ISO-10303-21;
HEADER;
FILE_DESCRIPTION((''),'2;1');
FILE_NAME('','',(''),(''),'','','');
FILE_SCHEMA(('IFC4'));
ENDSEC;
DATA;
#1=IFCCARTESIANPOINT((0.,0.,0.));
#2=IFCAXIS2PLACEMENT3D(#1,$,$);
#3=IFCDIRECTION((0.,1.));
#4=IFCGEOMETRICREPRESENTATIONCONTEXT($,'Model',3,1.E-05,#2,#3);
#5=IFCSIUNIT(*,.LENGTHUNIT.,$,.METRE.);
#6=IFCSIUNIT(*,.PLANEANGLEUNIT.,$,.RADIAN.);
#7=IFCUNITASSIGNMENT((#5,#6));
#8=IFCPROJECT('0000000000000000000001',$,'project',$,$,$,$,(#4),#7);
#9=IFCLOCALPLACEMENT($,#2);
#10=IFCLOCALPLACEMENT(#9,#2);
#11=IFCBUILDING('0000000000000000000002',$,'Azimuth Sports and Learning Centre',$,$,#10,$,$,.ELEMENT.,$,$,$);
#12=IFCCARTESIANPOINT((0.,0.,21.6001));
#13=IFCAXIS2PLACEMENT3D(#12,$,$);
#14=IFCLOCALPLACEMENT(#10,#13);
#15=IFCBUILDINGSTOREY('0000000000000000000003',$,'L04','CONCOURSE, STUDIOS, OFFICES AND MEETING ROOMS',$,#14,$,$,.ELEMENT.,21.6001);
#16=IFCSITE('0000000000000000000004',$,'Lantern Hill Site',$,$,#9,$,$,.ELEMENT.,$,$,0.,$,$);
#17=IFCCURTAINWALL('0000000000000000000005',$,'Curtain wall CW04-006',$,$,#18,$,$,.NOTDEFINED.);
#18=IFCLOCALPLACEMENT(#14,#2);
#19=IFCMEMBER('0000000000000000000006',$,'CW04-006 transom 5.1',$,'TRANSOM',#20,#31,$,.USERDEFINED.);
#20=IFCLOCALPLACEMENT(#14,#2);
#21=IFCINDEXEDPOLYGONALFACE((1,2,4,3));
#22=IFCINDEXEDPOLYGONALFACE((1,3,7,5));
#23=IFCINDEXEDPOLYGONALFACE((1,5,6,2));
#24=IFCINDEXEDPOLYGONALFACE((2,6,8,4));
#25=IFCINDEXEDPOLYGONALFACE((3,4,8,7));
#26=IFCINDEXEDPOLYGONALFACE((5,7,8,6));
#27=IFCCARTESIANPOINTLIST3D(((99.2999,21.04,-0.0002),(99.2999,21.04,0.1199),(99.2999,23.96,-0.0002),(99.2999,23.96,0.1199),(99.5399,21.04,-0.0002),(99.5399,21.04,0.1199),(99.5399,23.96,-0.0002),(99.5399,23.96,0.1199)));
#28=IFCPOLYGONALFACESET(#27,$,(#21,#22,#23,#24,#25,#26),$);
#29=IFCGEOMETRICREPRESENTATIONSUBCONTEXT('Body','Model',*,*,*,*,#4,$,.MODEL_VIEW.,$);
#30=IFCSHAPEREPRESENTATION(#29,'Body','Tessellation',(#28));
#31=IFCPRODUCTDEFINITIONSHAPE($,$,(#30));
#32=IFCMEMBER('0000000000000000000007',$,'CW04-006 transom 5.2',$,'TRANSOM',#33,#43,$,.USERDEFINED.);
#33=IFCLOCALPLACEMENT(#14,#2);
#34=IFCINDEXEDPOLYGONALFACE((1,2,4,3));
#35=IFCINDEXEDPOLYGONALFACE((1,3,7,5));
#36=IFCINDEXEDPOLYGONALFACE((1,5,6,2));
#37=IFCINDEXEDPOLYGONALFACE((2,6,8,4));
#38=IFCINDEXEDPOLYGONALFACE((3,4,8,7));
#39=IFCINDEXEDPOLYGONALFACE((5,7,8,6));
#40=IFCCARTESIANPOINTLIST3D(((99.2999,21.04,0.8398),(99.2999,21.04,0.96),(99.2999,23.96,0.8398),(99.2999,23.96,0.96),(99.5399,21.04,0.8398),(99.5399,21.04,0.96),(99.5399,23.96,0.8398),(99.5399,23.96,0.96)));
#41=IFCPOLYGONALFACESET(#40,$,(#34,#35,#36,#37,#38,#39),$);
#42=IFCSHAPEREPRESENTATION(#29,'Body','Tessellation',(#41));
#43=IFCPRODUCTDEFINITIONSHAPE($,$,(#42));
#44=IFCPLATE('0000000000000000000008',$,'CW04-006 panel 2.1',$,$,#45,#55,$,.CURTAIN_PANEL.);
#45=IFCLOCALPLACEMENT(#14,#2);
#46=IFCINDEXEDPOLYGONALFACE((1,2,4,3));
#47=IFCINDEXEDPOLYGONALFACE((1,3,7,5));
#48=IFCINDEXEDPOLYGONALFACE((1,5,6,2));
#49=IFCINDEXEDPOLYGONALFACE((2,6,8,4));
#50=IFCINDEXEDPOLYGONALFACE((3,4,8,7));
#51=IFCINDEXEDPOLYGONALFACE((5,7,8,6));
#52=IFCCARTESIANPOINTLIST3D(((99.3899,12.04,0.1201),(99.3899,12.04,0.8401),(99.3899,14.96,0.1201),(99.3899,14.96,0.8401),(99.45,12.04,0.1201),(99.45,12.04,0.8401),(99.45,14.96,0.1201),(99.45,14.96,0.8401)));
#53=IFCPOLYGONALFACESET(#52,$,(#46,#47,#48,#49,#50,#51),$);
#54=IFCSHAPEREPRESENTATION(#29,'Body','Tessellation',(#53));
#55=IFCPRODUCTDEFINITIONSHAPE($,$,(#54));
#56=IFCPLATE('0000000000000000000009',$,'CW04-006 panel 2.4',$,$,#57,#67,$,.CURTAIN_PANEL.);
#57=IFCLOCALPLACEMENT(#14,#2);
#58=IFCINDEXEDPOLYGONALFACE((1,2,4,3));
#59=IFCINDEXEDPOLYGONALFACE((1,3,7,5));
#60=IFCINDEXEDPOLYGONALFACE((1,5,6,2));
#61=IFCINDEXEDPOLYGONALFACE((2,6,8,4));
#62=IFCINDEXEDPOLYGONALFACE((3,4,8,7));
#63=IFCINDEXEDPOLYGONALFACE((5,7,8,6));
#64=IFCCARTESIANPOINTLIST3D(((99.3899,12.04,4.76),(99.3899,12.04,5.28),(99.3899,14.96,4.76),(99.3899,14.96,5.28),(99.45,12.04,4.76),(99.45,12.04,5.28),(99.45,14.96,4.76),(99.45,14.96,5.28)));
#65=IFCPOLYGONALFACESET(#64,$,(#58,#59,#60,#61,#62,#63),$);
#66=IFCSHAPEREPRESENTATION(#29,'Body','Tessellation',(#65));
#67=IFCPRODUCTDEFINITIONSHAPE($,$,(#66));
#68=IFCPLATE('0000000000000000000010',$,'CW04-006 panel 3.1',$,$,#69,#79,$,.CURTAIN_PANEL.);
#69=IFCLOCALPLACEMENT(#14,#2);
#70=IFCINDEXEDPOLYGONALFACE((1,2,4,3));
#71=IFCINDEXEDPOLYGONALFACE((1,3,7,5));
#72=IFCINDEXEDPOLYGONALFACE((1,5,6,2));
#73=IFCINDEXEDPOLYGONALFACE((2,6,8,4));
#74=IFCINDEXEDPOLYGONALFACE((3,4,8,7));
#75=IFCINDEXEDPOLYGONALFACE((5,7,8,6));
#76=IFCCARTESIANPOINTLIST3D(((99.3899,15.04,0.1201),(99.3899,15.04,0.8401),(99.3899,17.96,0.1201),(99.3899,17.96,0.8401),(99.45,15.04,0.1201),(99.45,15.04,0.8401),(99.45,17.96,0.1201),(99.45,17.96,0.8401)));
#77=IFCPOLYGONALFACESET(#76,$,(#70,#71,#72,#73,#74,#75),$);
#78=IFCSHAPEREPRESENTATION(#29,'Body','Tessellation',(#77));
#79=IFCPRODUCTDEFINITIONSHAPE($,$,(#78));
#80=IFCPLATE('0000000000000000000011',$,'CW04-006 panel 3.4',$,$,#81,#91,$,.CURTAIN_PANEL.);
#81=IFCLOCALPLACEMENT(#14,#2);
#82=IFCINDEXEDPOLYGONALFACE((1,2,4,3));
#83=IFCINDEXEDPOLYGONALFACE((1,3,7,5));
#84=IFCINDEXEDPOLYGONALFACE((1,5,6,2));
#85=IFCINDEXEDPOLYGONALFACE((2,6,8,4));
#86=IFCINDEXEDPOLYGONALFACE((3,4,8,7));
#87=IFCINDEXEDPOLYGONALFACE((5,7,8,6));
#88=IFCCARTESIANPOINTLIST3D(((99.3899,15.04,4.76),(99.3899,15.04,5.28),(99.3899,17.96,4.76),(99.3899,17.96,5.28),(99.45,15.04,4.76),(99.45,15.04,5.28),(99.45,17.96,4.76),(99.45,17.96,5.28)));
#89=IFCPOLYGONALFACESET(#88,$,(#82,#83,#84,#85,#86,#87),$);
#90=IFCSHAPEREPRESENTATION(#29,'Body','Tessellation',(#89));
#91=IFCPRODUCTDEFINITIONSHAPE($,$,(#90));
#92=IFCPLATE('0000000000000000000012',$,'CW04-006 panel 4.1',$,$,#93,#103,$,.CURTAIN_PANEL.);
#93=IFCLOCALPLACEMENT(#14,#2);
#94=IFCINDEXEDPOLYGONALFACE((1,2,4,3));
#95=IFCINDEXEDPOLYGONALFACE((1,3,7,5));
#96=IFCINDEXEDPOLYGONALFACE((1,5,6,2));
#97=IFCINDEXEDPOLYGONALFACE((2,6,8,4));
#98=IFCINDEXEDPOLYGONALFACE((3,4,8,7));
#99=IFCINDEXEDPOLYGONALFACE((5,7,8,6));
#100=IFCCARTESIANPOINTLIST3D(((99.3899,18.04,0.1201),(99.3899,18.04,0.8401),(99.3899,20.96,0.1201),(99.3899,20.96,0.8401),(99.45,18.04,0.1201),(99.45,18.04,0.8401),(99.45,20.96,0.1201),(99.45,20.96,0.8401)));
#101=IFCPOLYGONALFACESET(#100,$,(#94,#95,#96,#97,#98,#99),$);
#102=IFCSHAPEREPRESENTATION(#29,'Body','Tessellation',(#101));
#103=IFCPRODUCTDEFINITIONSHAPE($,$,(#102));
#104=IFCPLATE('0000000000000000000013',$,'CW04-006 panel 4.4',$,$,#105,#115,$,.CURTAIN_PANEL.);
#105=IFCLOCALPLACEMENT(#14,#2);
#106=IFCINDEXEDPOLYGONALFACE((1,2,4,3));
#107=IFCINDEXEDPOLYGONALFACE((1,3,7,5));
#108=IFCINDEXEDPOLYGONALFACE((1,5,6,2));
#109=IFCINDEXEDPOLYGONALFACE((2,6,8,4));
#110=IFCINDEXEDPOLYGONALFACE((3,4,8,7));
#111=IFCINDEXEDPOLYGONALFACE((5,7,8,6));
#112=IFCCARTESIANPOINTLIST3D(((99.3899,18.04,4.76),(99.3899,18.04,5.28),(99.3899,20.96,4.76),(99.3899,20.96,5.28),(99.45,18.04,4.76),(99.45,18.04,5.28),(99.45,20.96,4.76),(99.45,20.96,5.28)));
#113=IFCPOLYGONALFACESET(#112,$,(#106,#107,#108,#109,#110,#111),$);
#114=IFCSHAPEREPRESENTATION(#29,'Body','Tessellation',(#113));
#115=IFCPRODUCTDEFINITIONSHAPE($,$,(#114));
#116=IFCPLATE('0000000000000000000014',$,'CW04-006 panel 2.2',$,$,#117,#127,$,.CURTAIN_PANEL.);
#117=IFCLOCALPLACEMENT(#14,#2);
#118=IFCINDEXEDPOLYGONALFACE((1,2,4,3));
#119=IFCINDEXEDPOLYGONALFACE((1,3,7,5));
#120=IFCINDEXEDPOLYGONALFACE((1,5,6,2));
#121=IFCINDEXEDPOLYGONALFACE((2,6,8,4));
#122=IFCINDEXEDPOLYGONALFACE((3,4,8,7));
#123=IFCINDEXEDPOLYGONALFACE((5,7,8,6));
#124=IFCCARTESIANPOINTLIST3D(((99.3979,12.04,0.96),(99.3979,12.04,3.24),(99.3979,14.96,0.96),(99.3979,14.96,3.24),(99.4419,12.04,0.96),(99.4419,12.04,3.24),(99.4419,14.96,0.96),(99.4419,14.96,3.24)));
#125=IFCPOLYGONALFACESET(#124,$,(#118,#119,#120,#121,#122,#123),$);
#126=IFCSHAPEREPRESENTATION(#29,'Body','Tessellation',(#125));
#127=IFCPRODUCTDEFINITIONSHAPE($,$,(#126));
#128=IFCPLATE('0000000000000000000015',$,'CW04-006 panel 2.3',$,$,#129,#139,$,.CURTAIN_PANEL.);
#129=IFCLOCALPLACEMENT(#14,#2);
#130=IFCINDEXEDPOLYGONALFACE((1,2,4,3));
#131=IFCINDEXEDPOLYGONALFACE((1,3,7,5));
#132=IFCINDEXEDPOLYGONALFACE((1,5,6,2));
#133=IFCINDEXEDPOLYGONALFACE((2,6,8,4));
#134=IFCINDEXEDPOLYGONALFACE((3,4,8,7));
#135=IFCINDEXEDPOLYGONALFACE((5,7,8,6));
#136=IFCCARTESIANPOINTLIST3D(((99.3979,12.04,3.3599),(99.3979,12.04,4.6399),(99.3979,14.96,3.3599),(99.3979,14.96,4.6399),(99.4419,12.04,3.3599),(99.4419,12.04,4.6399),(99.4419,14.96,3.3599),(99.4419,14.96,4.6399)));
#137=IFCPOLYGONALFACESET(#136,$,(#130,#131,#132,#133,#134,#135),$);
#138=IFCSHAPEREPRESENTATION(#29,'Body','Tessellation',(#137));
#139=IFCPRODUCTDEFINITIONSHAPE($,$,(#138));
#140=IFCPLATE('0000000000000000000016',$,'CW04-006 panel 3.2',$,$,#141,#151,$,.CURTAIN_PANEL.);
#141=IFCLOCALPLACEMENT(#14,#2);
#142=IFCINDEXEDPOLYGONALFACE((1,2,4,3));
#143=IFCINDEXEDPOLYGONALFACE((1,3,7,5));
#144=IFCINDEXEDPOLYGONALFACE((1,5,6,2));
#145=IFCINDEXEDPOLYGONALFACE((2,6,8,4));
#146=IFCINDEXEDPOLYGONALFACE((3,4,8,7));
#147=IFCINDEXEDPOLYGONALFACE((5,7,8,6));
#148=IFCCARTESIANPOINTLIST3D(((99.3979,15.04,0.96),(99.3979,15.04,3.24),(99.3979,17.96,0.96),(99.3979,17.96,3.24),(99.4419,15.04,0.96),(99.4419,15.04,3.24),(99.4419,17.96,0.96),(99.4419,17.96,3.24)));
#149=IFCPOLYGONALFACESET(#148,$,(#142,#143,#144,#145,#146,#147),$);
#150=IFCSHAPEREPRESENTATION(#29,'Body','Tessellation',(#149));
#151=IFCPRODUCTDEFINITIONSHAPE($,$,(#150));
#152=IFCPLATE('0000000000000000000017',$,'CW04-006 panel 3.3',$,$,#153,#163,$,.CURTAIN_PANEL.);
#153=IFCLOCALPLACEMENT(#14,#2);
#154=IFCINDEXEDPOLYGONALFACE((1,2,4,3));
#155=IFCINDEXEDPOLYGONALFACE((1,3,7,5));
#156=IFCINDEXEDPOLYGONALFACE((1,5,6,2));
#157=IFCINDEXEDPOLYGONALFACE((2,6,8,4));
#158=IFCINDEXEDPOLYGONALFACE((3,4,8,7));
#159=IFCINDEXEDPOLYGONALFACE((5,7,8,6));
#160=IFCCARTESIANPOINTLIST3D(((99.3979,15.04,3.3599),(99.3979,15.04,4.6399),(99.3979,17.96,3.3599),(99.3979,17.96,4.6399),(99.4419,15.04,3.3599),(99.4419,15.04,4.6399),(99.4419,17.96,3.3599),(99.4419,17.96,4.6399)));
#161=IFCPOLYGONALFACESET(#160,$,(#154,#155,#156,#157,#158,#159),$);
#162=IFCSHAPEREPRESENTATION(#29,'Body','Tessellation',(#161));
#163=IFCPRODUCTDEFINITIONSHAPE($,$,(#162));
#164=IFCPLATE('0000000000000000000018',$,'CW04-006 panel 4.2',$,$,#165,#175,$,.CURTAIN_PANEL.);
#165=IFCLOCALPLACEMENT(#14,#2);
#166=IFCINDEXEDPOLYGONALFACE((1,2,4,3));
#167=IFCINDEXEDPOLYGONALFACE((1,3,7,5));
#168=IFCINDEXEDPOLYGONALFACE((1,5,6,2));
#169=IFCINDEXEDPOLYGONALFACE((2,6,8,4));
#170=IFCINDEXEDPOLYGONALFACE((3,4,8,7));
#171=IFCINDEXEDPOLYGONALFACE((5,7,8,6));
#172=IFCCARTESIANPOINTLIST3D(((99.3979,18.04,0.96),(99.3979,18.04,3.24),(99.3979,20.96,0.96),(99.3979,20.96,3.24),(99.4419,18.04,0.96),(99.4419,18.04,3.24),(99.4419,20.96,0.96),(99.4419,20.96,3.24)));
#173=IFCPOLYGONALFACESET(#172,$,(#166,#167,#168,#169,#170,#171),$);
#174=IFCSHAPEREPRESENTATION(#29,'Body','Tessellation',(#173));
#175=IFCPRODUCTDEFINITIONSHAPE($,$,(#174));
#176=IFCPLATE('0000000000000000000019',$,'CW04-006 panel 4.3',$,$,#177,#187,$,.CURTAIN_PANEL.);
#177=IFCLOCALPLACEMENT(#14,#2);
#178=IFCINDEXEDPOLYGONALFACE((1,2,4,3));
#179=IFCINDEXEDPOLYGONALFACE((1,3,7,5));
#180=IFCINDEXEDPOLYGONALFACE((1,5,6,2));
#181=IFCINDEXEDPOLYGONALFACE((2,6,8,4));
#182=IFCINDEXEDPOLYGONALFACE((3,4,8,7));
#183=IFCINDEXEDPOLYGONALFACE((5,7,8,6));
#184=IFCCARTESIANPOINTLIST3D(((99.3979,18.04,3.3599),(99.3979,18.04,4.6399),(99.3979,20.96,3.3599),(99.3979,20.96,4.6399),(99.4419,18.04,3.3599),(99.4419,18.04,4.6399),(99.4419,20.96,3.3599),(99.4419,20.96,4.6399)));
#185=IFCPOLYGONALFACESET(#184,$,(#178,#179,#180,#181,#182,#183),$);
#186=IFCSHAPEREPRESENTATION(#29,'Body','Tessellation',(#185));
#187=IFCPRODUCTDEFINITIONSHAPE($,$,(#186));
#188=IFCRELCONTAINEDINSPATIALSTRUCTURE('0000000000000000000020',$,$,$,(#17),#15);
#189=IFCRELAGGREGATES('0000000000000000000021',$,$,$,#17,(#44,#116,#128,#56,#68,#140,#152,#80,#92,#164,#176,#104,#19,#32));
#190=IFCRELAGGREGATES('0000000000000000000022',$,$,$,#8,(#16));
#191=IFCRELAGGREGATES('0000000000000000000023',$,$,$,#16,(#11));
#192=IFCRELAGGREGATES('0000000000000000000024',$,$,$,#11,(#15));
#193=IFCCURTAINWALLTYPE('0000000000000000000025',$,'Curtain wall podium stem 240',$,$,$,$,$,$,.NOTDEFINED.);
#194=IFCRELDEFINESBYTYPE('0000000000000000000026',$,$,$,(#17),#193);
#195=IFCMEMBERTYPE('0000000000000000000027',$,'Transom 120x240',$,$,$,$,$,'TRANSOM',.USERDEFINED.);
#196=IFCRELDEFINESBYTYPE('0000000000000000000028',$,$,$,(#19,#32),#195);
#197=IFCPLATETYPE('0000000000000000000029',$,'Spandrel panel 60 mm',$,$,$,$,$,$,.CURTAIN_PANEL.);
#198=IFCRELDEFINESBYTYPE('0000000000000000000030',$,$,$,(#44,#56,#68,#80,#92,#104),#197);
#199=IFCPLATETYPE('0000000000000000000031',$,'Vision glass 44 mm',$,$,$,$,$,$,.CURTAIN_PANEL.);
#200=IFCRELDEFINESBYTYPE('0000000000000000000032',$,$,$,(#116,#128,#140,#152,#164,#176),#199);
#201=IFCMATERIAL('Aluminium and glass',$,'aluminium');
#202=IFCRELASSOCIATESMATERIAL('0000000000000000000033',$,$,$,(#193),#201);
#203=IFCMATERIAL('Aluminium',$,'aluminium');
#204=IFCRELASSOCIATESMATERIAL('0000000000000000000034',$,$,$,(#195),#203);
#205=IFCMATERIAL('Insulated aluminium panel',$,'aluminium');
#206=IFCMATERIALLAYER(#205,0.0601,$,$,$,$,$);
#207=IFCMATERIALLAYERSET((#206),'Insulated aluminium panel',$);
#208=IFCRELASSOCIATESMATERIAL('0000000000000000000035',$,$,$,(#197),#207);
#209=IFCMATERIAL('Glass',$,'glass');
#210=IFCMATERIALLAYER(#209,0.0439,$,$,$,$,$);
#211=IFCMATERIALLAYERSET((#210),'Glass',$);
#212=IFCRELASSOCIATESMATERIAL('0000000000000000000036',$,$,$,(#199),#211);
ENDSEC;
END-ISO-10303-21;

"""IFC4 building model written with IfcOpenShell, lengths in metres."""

from ifc_helpers import new_model, si_unit, direction, frame, origin, origin_2d, place, context, subcontext, project, spatial, rectangle, extrude, material, layer, layer_set, material_profile, profile_set, type_object, element, aggregate, save


model = new_model("IFC4")

# Units and contexts
model_context = context("Model", 3, precision=1e-05, world=origin(), true_north=direction((0.0, 1.0)))
body_context = subcontext(model_context, "Body", "Model", "MODEL_VIEW")
ifc_project = project(units=[si_unit("LENGTHUNIT", "METRE"), si_unit("PLANEANGLEUNIT", "RADIAN")], contexts=[model_context])

# Site, building, storey
site_placement = place(None, origin())
site = spatial("IfcSite", under=ifc_project, at=site_placement, Name="Lantern Hill Site", CompositionType="ELEMENT", RefElevation=0.0)
building_placement = place(site_placement, origin())
building = spatial("IfcBuilding", under=site, at=building_placement, Name="Azimuth Sports and Learning Centre", CompositionType="ELEMENT")
storey_placement = place(building_placement, frame((0.0, 0.0, 21.6001)))
storey = spatial("IfcBuildingStorey", under=building, at=storey_placement, Name="L04", Description="CONCOURSE, STUDIOS, OFFICES AND MEETING ROOMS", CompositionType="ELEMENT", Elevation=21.6001)

# Curtain wall, members, plates
ifc_material_1 = material(Name="Aluminium and glass", Category="aluminium")
curtain_wall_type = type_object("IfcCurtainWallType", Name="Curtain wall podium stem 240", PredefinedType="NOTDEFINED", material=ifc_material_1)
curtain_wall_placement = place(storey_placement, origin())
curtain_wall = element("IfcCurtainWall", 1, at=curtain_wall_placement, inside=storey, type_object=curtain_wall_type, Name="Curtain wall CW04-006", PredefinedType="NOTDEFINED")
ifc_material_2 = material(Name="Aluminium", Category="aluminium")
ifc_material_profile_1 = material_profile(ifc_material_2, rectangle(XDim=0.24, YDim=0.1201, at=origin_2d()), Name="Transom 120x240")
ifc_profile_set_1 = profile_set([ifc_material_profile_1], Name="Aluminium")
member_type_1 = type_object("IfcMemberType", Name="Transom 120x240", ElementType="TRANSOM", PredefinedType="USERDEFINED", material=ifc_profile_set_1)
member_1_placement = place(storey_placement, frame((99.4199, 21.04, 0.0598), z_axis=(0.0, 1.0, 0.0), x_axis=(-1.0, 0.0, 0.0)))
member_1 = element("IfcMember", 2, at=member_1_placement, type_object=member_type_1, Name="CW04-006 transom 5.1", ObjectType="TRANSOM", PredefinedType="USERDEFINED", context=body_context, shape_type="SweptSolid", body=[
    extrude(rectangle(XDim=0.24, YDim=0.1201, at=origin_2d()), origin(), (0.0, 0.0, 1.0), 2.9199),
])
member_2_placement = place(storey_placement, frame((99.4199, 21.04, 0.8999), z_axis=(0.0, 1.0, 0.0), x_axis=(-1.0, 0.0, 0.0)))
member_2 = element("IfcMember", 3, at=member_2_placement, type_object=member_type_1, Name="CW04-006 transom 5.2", ObjectType="TRANSOM", PredefinedType="USERDEFINED", context=body_context, shape_type="SweptSolid", body=[
    extrude(rectangle(XDim=0.24, YDim=0.1201, at=origin_2d()), origin(), (0.0, 0.0, 1.0), 2.9199),
])
ifc_material_3 = material(Name="Insulated aluminium panel", Category="aluminium")
ifc_layer_1 = layer(ifc_material_3, 0.0601)
ifc_layer_set_1 = layer_set([ifc_layer_1], Name="Insulated aluminium panel")
plate_type_1 = type_object("IfcPlateType", Name="Spandrel panel 60 mm", PredefinedType="CURTAIN_PANEL", material=ifc_layer_set_1)
plate_1_placement = place(storey_placement, frame((99.4199, 13.5, 0.1201), z_axis=(0.0, 0.0, 1.0), x_axis=(0.0, 1.0, 0.0)))
plate_1 = element("IfcPlate", 4, at=plate_1_placement, type_object=plate_type_1, Name="CW04-006 panel 2.1", PredefinedType="CURTAIN_PANEL", context=body_context, shape_type="SweptSolid", body=[
    extrude(rectangle(XDim=2.9199, YDim=0.0601, at=origin_2d()), origin(), (0.0, 0.0, 1.0), 0.72),
])
plate_2_placement = place(storey_placement, frame((99.4199, 13.5, 4.76), z_axis=(0.0, 0.0, 1.0), x_axis=(0.0, 1.0, 0.0)))
plate_2 = element("IfcPlate", 5, at=plate_2_placement, type_object=plate_type_1, Name="CW04-006 panel 2.4", PredefinedType="CURTAIN_PANEL", context=body_context, shape_type="SweptSolid", body=[
    extrude(rectangle(XDim=2.9199, YDim=0.0601, at=origin_2d()), origin(), (0.0, 0.0, 1.0), 0.52),
])
plate_3_placement = place(storey_placement, frame((99.4199, 16.5, 0.1201), z_axis=(0.0, 0.0, 1.0), x_axis=(0.0, 1.0, 0.0)))
plate_3 = element("IfcPlate", 6, at=plate_3_placement, type_object=plate_type_1, Name="CW04-006 panel 3.1", PredefinedType="CURTAIN_PANEL", context=body_context, shape_type="SweptSolid", body=[
    extrude(rectangle(XDim=2.9199, YDim=0.0601, at=origin_2d()), origin(), (0.0, 0.0, 1.0), 0.72),
])
plate_4_placement = place(storey_placement, frame((99.4199, 16.5, 4.76), z_axis=(0.0, 0.0, 1.0), x_axis=(0.0, 1.0, 0.0)))
plate_4 = element("IfcPlate", 7, at=plate_4_placement, type_object=plate_type_1, Name="CW04-006 panel 3.4", PredefinedType="CURTAIN_PANEL", context=body_context, shape_type="SweptSolid", body=[
    extrude(rectangle(XDim=2.9199, YDim=0.0601, at=origin_2d()), origin(), (0.0, 0.0, 1.0), 0.52),
])
plate_5_placement = place(storey_placement, frame((99.4199, 19.5, 0.1201), z_axis=(0.0, 0.0, 1.0), x_axis=(0.0, 1.0, 0.0)))
plate_5 = element("IfcPlate", 8, at=plate_5_placement, type_object=plate_type_1, Name="CW04-006 panel 4.1", PredefinedType="CURTAIN_PANEL", context=body_context, shape_type="SweptSolid", body=[
    extrude(rectangle(XDim=2.9199, YDim=0.0601, at=origin_2d()), origin(), (0.0, 0.0, 1.0), 0.72),
])
plate_6_placement = place(storey_placement, frame((99.4199, 19.5, 4.76), z_axis=(0.0, 0.0, 1.0), x_axis=(0.0, 1.0, 0.0)))
plate_6 = element("IfcPlate", 9, at=plate_6_placement, type_object=plate_type_1, Name="CW04-006 panel 4.4", PredefinedType="CURTAIN_PANEL", context=body_context, shape_type="SweptSolid", body=[
    extrude(rectangle(XDim=2.9199, YDim=0.0601, at=origin_2d()), origin(), (0.0, 0.0, 1.0), 0.52),
])
ifc_material_4 = material(Name="Glass", Category="glass")
ifc_layer_2 = layer(ifc_material_4, 0.0439)
ifc_layer_set_2 = layer_set([ifc_layer_2], Name="Glass")
plate_type_2 = type_object("IfcPlateType", Name="Vision glass 44 mm", PredefinedType="CURTAIN_PANEL", material=ifc_layer_set_2)
plate_7_placement = place(storey_placement, frame((99.4199, 13.5, 0.96), z_axis=(0.0, 0.0, 1.0), x_axis=(0.0, 1.0, 0.0)))
plate_7 = element("IfcPlate", 10, at=plate_7_placement, type_object=plate_type_2, Name="CW04-006 panel 2.2", PredefinedType="CURTAIN_PANEL", context=body_context, shape_type="SweptSolid", body=[
    extrude(rectangle(XDim=2.9199, YDim=0.0439, at=origin_2d()), origin(), (0.0, 0.0, 1.0), 2.28),
])
plate_8_placement = place(storey_placement, frame((99.4199, 13.5, 3.3599), z_axis=(0.0, 0.0, 1.0), x_axis=(0.0, 1.0, 0.0)))
plate_8 = element("IfcPlate", 11, at=plate_8_placement, type_object=plate_type_2, Name="CW04-006 panel 2.3", PredefinedType="CURTAIN_PANEL", context=body_context, shape_type="SweptSolid", body=[
    extrude(rectangle(XDim=2.9199, YDim=0.0439, at=origin_2d()), origin(), (0.0, 0.0, 1.0), 1.28),
])
plate_9_placement = place(storey_placement, frame((99.4199, 16.5, 0.96), z_axis=(0.0, 0.0, 1.0), x_axis=(0.0, 1.0, 0.0)))
plate_9 = element("IfcPlate", 12, at=plate_9_placement, type_object=plate_type_2, Name="CW04-006 panel 3.2", PredefinedType="CURTAIN_PANEL", context=body_context, shape_type="SweptSolid", body=[
    extrude(rectangle(XDim=2.9199, YDim=0.0439, at=origin_2d()), origin(), (0.0, 0.0, 1.0), 2.28),
])
plate_10_placement = place(storey_placement, frame((99.4199, 16.5, 3.3599), z_axis=(0.0, 0.0, 1.0), x_axis=(0.0, 1.0, 0.0)))
plate_10 = element("IfcPlate", 13, at=plate_10_placement, type_object=plate_type_2, Name="CW04-006 panel 3.3", PredefinedType="CURTAIN_PANEL", context=body_context, shape_type="SweptSolid", body=[
    extrude(rectangle(XDim=2.9199, YDim=0.0439, at=origin_2d()), origin(), (0.0, 0.0, 1.0), 1.28),
])
plate_11_placement = place(storey_placement, frame((99.4199, 19.5, 0.96), z_axis=(0.0, 0.0, 1.0), x_axis=(0.0, 1.0, 0.0)))
plate_11 = element("IfcPlate", 14, at=plate_11_placement, type_object=plate_type_2, Name="CW04-006 panel 4.2", PredefinedType="CURTAIN_PANEL", context=body_context, shape_type="SweptSolid", body=[
    extrude(rectangle(XDim=2.9199, YDim=0.0439, at=origin_2d()), origin(), (0.0, 0.0, 1.0), 2.28),
])
plate_12_placement = place(storey_placement, frame((99.4199, 19.5, 3.3599), z_axis=(0.0, 0.0, 1.0), x_axis=(0.0, 1.0, 0.0)))
plate_12 = element("IfcPlate", 15, at=plate_12_placement, type_object=plate_type_2, Name="CW04-006 panel 4.3", PredefinedType="CURTAIN_PANEL", context=body_context, shape_type="SweptSolid", body=[
    extrude(rectangle(XDim=2.9199, YDim=0.0439, at=origin_2d()), origin(), (0.0, 0.0, 1.0), 1.28),
])
aggregate(curtain_wall, [plate_1, plate_7, plate_8, plate_2, plate_3, plate_9, plate_10, plate_4, plate_5, plate_11, plate_12, plate_6, member_1, member_2])

save(model, "model.ifc")
